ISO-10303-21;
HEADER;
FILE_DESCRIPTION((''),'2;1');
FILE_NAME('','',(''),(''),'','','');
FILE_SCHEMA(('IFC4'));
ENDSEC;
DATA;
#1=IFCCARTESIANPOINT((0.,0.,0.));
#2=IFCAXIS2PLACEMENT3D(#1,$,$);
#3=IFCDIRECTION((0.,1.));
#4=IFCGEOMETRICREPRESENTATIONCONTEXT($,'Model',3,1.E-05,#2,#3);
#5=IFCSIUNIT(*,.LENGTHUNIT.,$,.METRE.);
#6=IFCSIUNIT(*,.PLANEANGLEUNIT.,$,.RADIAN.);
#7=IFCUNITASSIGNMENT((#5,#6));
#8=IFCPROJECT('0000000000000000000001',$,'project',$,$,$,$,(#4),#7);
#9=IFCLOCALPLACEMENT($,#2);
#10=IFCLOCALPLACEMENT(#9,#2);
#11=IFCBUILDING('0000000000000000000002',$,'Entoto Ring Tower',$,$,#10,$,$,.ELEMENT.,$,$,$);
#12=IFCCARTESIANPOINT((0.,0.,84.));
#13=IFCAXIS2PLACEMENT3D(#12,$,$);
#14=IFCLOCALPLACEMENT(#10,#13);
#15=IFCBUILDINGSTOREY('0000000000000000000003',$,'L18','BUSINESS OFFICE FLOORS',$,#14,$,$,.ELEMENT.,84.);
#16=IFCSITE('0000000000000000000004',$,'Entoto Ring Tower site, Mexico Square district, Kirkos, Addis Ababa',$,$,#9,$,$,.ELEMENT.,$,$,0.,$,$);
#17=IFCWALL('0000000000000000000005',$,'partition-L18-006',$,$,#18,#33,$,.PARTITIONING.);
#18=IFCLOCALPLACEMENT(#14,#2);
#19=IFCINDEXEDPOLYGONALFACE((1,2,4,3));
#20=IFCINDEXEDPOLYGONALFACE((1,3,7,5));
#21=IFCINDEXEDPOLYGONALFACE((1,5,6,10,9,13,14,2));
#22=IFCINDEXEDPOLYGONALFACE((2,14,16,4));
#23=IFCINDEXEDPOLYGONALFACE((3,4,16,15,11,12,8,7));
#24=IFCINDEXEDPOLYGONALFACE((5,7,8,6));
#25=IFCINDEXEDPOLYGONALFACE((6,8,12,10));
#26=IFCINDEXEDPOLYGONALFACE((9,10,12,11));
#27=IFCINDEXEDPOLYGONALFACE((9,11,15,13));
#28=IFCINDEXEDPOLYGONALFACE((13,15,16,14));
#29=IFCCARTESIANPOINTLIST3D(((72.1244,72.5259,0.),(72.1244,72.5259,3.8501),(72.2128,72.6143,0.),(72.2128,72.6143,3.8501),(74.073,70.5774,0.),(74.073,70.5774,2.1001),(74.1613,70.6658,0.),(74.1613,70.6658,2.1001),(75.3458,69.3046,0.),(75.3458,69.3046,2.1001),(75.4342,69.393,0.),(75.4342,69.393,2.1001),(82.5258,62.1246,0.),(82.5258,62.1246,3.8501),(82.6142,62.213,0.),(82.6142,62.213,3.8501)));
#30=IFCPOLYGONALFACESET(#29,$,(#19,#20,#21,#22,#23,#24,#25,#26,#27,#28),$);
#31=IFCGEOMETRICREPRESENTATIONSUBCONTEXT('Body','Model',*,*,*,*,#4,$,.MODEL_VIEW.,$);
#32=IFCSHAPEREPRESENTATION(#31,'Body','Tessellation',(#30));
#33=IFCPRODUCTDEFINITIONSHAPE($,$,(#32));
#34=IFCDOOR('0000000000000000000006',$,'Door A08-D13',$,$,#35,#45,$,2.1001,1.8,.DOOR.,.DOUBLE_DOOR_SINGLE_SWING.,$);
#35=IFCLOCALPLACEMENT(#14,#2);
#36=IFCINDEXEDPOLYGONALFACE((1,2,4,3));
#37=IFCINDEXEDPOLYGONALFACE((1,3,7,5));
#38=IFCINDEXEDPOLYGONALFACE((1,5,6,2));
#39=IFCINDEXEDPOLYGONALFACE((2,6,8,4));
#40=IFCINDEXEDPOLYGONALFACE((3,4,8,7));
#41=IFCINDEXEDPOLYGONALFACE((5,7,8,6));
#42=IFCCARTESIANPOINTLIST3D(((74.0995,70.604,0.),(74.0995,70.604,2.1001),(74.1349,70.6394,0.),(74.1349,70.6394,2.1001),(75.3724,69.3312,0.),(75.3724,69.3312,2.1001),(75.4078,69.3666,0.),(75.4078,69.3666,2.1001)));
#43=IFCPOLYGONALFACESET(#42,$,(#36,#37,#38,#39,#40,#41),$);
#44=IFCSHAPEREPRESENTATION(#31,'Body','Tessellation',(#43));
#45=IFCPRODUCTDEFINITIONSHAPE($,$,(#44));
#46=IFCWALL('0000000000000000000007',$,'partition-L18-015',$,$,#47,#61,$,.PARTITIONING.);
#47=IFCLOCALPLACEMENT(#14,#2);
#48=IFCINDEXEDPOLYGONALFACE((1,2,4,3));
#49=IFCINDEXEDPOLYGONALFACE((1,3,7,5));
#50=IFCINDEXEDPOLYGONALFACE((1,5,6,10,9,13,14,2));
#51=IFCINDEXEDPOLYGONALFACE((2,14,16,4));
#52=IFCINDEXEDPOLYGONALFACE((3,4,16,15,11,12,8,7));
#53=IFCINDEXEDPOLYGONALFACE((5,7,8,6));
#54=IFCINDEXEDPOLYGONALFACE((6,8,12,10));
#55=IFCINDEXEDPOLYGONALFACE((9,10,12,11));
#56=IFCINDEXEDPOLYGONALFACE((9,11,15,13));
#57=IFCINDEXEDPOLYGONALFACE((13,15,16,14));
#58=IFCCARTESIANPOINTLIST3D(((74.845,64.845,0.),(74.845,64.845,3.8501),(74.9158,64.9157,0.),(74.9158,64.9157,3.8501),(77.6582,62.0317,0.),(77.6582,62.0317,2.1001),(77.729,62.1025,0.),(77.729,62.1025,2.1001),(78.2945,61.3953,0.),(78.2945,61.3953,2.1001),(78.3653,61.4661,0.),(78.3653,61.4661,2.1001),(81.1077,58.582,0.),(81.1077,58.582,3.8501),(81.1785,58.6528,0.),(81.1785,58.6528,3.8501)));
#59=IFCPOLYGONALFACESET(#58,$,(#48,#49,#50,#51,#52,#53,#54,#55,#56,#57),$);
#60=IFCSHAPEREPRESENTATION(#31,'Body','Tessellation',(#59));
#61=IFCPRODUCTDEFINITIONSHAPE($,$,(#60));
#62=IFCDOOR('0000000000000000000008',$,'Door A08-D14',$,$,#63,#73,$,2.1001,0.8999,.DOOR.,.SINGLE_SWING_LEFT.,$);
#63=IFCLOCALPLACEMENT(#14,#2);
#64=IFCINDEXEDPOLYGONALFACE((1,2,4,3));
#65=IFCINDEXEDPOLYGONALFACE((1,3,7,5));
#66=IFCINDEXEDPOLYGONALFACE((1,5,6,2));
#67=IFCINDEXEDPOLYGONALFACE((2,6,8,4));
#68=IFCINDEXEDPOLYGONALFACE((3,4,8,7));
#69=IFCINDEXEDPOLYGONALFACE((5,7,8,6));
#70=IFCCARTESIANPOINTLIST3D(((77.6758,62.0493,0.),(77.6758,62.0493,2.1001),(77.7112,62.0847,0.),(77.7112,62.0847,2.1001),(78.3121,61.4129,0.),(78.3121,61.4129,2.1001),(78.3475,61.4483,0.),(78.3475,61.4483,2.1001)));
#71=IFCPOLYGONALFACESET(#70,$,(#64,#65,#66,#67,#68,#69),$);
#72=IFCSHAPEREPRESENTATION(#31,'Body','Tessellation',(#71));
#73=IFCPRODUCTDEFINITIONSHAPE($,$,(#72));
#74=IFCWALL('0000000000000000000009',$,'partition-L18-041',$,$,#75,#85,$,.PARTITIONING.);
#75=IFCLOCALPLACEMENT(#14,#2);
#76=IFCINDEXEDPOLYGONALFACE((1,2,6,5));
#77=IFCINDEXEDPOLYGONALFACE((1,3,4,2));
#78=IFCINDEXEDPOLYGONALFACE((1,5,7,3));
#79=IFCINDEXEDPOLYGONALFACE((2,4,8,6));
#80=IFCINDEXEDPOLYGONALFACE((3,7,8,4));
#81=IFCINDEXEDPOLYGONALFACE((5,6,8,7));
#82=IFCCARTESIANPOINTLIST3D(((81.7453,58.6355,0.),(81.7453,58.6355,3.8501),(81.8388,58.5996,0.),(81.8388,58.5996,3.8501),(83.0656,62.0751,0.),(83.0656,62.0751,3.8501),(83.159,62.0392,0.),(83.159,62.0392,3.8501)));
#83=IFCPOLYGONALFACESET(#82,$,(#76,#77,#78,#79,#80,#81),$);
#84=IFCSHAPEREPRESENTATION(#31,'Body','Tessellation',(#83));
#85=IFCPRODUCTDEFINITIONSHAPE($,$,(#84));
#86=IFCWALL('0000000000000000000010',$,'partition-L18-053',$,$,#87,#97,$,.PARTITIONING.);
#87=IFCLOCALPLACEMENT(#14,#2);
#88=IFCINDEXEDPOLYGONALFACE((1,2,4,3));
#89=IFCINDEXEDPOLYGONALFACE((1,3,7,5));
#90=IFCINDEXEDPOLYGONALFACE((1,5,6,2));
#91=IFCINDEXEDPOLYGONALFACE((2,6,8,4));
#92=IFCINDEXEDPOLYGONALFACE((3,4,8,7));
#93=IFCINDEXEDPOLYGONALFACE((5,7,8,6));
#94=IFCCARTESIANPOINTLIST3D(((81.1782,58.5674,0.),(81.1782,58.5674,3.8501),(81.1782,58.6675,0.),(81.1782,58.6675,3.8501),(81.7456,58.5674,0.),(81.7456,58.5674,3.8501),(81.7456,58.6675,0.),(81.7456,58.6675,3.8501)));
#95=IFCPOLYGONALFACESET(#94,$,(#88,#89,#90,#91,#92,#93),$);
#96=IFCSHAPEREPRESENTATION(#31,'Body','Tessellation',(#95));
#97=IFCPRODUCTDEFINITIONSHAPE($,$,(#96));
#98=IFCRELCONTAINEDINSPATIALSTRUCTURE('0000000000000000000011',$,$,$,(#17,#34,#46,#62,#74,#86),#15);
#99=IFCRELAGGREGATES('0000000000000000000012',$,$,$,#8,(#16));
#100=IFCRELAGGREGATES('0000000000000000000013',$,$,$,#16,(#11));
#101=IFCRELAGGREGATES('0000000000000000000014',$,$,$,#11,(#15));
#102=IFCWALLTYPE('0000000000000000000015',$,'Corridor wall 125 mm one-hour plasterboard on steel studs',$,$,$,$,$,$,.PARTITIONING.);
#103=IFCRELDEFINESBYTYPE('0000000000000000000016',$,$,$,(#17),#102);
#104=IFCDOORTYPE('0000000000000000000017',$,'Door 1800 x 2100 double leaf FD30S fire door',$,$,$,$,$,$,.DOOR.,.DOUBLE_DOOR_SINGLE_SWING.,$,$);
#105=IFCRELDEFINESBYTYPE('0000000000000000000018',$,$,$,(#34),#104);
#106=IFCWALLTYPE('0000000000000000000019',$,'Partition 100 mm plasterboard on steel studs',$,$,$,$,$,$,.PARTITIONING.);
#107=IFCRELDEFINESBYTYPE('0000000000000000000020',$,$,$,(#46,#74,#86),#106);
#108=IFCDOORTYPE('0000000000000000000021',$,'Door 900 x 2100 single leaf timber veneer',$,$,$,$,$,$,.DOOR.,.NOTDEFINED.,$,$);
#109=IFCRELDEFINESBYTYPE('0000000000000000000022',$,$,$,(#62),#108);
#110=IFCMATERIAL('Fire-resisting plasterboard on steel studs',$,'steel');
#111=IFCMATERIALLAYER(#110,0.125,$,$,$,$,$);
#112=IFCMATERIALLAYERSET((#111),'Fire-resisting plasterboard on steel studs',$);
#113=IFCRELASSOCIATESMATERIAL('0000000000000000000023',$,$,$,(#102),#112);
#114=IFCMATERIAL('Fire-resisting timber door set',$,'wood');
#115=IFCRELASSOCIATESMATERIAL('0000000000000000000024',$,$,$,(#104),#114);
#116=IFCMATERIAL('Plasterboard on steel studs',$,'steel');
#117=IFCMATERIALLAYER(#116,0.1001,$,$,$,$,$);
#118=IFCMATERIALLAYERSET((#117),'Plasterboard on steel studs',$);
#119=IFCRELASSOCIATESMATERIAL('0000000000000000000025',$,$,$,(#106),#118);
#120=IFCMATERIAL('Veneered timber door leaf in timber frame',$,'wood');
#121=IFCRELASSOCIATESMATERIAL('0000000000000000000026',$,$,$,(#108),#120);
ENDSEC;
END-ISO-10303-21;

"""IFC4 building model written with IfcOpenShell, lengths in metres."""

from ifc_helpers import new_model, si_unit, direction, frame, frame_2d, origin, place, context, subcontext, project, spatial, rectangle, extrude, material, layer, layer_set, type_object, element, fill, save


model = new_model("IFC4")

# Units and contexts
model_context = context("Model", 3, precision=1e-05, world=origin(), true_north=direction((0.0, 1.0)))
body_context = subcontext(model_context, "Body", "Model", "MODEL_VIEW")
ifc_project = project(units=[si_unit("LENGTHUNIT", "METRE"), si_unit("PLANEANGLEUNIT", "RADIAN")], contexts=[model_context])

# Site, building, storey
site_placement = place(None, origin())
site = spatial("IfcSite", under=ifc_project, at=site_placement, Name="Entoto Ring Tower site, Mexico Square district, Kirkos, Addis Ababa", CompositionType="ELEMENT", RefElevation=0.0)
building_placement = place(site_placement, origin())
building = spatial("IfcBuilding", under=site, at=building_placement, Name="Entoto Ring Tower", CompositionType="ELEMENT")
storey_placement = place(building_placement, frame((0.0, 0.0, 84.0)))
storey = spatial("IfcBuildingStorey", under=building, at=storey_placement, Name="L18", Description="BUSINESS OFFICE FLOORS", CompositionType="ELEMENT", Elevation=84.0)

# Shared definitions
ifc_material_1 = material(Name="Fire-resisting plasterboard on steel studs", Category="steel")
ifc_layer_1 = layer(ifc_material_1, 0.125)
ifc_layer_set_1 = layer_set([ifc_layer_1], Name="Fire-resisting plasterboard on steel studs")
wall_type_1 = type_object("IfcWallType", Name="Corridor wall 125 mm one-hour plasterboard on steel studs", PredefinedType="PARTITIONING", material=ifc_layer_set_1)

# Walls, openings, doors
wall_1_placement = place(storey_placement, frame((82.5701, 62.1687, 0.0), z_axis=(0.0, 0.0, 1.0), x_axis=(-0.707107, 0.707107, 0.0)))
wall_1 = element("IfcWall", 1, at=wall_1_placement, inside=storey, type_object=wall_type_1, Name="partition-L18-006", PredefinedType="PARTITIONING", context=body_context, shape_type="SweptSolid", body=[
    extrude(rectangle(XDim=14.7097, YDim=0.125, at=frame_2d((7.355, 0.0))), origin(), (0.0, 0.0, 1.0), 3.8501),
])
opening_1_placement = place(wall_1_placement, frame((10.1543, 0.0, 0.0)))
opening_1 = element("IfcOpeningElement", 2, at=opening_1_placement, cuts=wall_1, PredefinedType="OPENING", context=body_context, shape_type="SweptSolid", body=[
    extrude(rectangle(XDim=1.8, YDim=2.1001, at=frame_2d((0.8999, 1.05))), frame((0.0, 0.0725, 0.0), z_axis=(0.0, -1.0, 0.0), x_axis=(1.0, 0.0, 0.0)), (0.0, 0.0, 1.0), 0.145),
])
ifc_material_2 = material(Name="Fire-resisting timber door set", Category="wood")
door_type_1 = type_object("IfcDoorType", Name="Door 1800 x 2100 double leaf FD30S fire door", OperationType="DOUBLE_DOOR_SINGLE_SWING", PredefinedType="DOOR", material=ifc_material_2)
door_1_placement = place(opening_1_placement, origin())
door_1 = element("IfcDoor", 3, at=door_1_placement, inside=storey, type_object=door_type_1, Name="Door A08-D13", OperationType="DOUBLE_DOOR_SINGLE_SWING", OverallHeight=2.1001, OverallWidth=1.8, PredefinedType="DOOR", context=body_context, shape_type="SweptSolid", body=[
    extrude(rectangle(XDim=1.8, YDim=2.1001, at=frame_2d((0.8999, 1.05))), frame((0.0, 0.0249, 0.0), z_axis=(0.0, -1.0, 0.0), x_axis=(1.0, 0.0, 0.0)), (0.0, 0.0, 1.0), 0.05),
])
fill(opening_1, door_1)
ifc_material_3 = material(Name="Plasterboard on steel studs", Category="steel")
ifc_layer_2 = layer(ifc_material_3, 0.1001)
ifc_layer_set_2 = layer_set([ifc_layer_2], Name="Plasterboard on steel studs")
wall_type_2 = type_object("IfcWallType", Name="Partition 100 mm plasterboard on steel studs", PredefinedType="PARTITIONING", material=ifc_layer_set_2)
wall_2_placement = place(storey_placement, frame((81.1431, 58.6174, 0.0), z_axis=(0.0, 0.0, 1.0), x_axis=(-0.707093, 0.707121, 0.0)))
wall_2 = element("IfcWall", 4, at=wall_2_placement, inside=storey, type_object=wall_type_2, Name="partition-L18-015", PredefinedType="PARTITIONING", context=body_context, shape_type="SweptSolid", body=[
    extrude(rectangle(XDim=8.8569, YDim=0.1001, at=frame_2d((4.4285, 0.0))), origin(), (0.0, 0.0, 1.0), 3.8501),
])
opening_2_placement = place(wall_2_placement, frame((3.9785, 0.0, 0.0)))
opening_2 = element("IfcOpeningElement", 5, at=opening_2_placement, cuts=wall_2, PredefinedType="OPENING", context=body_context, shape_type="SweptSolid", body=[
    extrude(rectangle(XDim=0.8999, YDim=2.1001, at=frame_2d((0.45, 1.05))), frame((0.0, 0.0601, 0.0), z_axis=(0.0, -1.0, 0.0), x_axis=(1.0, 0.0, 0.0)), (0.0, 0.0, 1.0), 0.1201),
])
ifc_material_4 = material(Name="Veneered timber door leaf in timber frame", Category="wood")
door_type_2 = type_object("IfcDoorType", Name="Door 900 x 2100 single leaf timber veneer", OperationType="NOTDEFINED", PredefinedType="DOOR", material=ifc_material_4)
door_2_placement = place(opening_2_placement, frame((0.8999, 0.0, 0.0), z_axis=(0.0, 0.0, 1.0), x_axis=(-1.0, 0.0, 0.0)))
door_2 = element("IfcDoor", 6, at=door_2_placement, inside=storey, type_object=door_type_2, Name="Door A08-D14", OperationType="SINGLE_SWING_LEFT", OverallHeight=2.1001, OverallWidth=0.8999, PredefinedType="DOOR", context=body_context, shape_type="SweptSolid", body=[
    extrude(rectangle(XDim=0.8999, YDim=2.1001, at=frame_2d((0.45, 1.05))), frame((0.0, 0.0249, 0.0), z_axis=(0.0, -1.0, 0.0), x_axis=(1.0, 0.0, 0.0)), (0.0, 0.0, 1.0), 0.05),
])
fill(opening_2, door_2)

# Walls
wall_3_placement = place(storey_placement, frame((81.792, 58.6174, 0.0), z_axis=(0.0, 0.0, 1.0), x_axis=(0.358353, 0.933586, 0.0)))
element("IfcWall", 7, at=wall_3_placement, inside=storey, type_object=wall_type_2, Name="partition-L18-041", PredefinedType="PARTITIONING", context=body_context, shape_type="SweptSolid", body=[
    extrude(rectangle(XDim=3.6843, YDim=0.1001, at=frame_2d((1.8423, 0.0))), origin(), (0.0, 0.0, 1.0), 3.8501),
])
wall_4_placement = place(storey_placement, frame((81.1782, 58.6174, 0.0), z_axis=(0.0, 0.0, 1.0), x_axis=(1.0, 0.0, 0.0)))
element("IfcWall", 8, at=wall_4_placement, inside=storey, type_object=wall_type_2, Name="partition-L18-053", PredefinedType="PARTITIONING", context=body_context, shape_type="SweptSolid", body=[
    extrude(rectangle(XDim=0.5674, YDim=0.1001, at=frame_2d((0.2837, 0.0))), origin(), (0.0, 0.0, 1.0), 3.8501),
])

save(model, "model.ifc")
